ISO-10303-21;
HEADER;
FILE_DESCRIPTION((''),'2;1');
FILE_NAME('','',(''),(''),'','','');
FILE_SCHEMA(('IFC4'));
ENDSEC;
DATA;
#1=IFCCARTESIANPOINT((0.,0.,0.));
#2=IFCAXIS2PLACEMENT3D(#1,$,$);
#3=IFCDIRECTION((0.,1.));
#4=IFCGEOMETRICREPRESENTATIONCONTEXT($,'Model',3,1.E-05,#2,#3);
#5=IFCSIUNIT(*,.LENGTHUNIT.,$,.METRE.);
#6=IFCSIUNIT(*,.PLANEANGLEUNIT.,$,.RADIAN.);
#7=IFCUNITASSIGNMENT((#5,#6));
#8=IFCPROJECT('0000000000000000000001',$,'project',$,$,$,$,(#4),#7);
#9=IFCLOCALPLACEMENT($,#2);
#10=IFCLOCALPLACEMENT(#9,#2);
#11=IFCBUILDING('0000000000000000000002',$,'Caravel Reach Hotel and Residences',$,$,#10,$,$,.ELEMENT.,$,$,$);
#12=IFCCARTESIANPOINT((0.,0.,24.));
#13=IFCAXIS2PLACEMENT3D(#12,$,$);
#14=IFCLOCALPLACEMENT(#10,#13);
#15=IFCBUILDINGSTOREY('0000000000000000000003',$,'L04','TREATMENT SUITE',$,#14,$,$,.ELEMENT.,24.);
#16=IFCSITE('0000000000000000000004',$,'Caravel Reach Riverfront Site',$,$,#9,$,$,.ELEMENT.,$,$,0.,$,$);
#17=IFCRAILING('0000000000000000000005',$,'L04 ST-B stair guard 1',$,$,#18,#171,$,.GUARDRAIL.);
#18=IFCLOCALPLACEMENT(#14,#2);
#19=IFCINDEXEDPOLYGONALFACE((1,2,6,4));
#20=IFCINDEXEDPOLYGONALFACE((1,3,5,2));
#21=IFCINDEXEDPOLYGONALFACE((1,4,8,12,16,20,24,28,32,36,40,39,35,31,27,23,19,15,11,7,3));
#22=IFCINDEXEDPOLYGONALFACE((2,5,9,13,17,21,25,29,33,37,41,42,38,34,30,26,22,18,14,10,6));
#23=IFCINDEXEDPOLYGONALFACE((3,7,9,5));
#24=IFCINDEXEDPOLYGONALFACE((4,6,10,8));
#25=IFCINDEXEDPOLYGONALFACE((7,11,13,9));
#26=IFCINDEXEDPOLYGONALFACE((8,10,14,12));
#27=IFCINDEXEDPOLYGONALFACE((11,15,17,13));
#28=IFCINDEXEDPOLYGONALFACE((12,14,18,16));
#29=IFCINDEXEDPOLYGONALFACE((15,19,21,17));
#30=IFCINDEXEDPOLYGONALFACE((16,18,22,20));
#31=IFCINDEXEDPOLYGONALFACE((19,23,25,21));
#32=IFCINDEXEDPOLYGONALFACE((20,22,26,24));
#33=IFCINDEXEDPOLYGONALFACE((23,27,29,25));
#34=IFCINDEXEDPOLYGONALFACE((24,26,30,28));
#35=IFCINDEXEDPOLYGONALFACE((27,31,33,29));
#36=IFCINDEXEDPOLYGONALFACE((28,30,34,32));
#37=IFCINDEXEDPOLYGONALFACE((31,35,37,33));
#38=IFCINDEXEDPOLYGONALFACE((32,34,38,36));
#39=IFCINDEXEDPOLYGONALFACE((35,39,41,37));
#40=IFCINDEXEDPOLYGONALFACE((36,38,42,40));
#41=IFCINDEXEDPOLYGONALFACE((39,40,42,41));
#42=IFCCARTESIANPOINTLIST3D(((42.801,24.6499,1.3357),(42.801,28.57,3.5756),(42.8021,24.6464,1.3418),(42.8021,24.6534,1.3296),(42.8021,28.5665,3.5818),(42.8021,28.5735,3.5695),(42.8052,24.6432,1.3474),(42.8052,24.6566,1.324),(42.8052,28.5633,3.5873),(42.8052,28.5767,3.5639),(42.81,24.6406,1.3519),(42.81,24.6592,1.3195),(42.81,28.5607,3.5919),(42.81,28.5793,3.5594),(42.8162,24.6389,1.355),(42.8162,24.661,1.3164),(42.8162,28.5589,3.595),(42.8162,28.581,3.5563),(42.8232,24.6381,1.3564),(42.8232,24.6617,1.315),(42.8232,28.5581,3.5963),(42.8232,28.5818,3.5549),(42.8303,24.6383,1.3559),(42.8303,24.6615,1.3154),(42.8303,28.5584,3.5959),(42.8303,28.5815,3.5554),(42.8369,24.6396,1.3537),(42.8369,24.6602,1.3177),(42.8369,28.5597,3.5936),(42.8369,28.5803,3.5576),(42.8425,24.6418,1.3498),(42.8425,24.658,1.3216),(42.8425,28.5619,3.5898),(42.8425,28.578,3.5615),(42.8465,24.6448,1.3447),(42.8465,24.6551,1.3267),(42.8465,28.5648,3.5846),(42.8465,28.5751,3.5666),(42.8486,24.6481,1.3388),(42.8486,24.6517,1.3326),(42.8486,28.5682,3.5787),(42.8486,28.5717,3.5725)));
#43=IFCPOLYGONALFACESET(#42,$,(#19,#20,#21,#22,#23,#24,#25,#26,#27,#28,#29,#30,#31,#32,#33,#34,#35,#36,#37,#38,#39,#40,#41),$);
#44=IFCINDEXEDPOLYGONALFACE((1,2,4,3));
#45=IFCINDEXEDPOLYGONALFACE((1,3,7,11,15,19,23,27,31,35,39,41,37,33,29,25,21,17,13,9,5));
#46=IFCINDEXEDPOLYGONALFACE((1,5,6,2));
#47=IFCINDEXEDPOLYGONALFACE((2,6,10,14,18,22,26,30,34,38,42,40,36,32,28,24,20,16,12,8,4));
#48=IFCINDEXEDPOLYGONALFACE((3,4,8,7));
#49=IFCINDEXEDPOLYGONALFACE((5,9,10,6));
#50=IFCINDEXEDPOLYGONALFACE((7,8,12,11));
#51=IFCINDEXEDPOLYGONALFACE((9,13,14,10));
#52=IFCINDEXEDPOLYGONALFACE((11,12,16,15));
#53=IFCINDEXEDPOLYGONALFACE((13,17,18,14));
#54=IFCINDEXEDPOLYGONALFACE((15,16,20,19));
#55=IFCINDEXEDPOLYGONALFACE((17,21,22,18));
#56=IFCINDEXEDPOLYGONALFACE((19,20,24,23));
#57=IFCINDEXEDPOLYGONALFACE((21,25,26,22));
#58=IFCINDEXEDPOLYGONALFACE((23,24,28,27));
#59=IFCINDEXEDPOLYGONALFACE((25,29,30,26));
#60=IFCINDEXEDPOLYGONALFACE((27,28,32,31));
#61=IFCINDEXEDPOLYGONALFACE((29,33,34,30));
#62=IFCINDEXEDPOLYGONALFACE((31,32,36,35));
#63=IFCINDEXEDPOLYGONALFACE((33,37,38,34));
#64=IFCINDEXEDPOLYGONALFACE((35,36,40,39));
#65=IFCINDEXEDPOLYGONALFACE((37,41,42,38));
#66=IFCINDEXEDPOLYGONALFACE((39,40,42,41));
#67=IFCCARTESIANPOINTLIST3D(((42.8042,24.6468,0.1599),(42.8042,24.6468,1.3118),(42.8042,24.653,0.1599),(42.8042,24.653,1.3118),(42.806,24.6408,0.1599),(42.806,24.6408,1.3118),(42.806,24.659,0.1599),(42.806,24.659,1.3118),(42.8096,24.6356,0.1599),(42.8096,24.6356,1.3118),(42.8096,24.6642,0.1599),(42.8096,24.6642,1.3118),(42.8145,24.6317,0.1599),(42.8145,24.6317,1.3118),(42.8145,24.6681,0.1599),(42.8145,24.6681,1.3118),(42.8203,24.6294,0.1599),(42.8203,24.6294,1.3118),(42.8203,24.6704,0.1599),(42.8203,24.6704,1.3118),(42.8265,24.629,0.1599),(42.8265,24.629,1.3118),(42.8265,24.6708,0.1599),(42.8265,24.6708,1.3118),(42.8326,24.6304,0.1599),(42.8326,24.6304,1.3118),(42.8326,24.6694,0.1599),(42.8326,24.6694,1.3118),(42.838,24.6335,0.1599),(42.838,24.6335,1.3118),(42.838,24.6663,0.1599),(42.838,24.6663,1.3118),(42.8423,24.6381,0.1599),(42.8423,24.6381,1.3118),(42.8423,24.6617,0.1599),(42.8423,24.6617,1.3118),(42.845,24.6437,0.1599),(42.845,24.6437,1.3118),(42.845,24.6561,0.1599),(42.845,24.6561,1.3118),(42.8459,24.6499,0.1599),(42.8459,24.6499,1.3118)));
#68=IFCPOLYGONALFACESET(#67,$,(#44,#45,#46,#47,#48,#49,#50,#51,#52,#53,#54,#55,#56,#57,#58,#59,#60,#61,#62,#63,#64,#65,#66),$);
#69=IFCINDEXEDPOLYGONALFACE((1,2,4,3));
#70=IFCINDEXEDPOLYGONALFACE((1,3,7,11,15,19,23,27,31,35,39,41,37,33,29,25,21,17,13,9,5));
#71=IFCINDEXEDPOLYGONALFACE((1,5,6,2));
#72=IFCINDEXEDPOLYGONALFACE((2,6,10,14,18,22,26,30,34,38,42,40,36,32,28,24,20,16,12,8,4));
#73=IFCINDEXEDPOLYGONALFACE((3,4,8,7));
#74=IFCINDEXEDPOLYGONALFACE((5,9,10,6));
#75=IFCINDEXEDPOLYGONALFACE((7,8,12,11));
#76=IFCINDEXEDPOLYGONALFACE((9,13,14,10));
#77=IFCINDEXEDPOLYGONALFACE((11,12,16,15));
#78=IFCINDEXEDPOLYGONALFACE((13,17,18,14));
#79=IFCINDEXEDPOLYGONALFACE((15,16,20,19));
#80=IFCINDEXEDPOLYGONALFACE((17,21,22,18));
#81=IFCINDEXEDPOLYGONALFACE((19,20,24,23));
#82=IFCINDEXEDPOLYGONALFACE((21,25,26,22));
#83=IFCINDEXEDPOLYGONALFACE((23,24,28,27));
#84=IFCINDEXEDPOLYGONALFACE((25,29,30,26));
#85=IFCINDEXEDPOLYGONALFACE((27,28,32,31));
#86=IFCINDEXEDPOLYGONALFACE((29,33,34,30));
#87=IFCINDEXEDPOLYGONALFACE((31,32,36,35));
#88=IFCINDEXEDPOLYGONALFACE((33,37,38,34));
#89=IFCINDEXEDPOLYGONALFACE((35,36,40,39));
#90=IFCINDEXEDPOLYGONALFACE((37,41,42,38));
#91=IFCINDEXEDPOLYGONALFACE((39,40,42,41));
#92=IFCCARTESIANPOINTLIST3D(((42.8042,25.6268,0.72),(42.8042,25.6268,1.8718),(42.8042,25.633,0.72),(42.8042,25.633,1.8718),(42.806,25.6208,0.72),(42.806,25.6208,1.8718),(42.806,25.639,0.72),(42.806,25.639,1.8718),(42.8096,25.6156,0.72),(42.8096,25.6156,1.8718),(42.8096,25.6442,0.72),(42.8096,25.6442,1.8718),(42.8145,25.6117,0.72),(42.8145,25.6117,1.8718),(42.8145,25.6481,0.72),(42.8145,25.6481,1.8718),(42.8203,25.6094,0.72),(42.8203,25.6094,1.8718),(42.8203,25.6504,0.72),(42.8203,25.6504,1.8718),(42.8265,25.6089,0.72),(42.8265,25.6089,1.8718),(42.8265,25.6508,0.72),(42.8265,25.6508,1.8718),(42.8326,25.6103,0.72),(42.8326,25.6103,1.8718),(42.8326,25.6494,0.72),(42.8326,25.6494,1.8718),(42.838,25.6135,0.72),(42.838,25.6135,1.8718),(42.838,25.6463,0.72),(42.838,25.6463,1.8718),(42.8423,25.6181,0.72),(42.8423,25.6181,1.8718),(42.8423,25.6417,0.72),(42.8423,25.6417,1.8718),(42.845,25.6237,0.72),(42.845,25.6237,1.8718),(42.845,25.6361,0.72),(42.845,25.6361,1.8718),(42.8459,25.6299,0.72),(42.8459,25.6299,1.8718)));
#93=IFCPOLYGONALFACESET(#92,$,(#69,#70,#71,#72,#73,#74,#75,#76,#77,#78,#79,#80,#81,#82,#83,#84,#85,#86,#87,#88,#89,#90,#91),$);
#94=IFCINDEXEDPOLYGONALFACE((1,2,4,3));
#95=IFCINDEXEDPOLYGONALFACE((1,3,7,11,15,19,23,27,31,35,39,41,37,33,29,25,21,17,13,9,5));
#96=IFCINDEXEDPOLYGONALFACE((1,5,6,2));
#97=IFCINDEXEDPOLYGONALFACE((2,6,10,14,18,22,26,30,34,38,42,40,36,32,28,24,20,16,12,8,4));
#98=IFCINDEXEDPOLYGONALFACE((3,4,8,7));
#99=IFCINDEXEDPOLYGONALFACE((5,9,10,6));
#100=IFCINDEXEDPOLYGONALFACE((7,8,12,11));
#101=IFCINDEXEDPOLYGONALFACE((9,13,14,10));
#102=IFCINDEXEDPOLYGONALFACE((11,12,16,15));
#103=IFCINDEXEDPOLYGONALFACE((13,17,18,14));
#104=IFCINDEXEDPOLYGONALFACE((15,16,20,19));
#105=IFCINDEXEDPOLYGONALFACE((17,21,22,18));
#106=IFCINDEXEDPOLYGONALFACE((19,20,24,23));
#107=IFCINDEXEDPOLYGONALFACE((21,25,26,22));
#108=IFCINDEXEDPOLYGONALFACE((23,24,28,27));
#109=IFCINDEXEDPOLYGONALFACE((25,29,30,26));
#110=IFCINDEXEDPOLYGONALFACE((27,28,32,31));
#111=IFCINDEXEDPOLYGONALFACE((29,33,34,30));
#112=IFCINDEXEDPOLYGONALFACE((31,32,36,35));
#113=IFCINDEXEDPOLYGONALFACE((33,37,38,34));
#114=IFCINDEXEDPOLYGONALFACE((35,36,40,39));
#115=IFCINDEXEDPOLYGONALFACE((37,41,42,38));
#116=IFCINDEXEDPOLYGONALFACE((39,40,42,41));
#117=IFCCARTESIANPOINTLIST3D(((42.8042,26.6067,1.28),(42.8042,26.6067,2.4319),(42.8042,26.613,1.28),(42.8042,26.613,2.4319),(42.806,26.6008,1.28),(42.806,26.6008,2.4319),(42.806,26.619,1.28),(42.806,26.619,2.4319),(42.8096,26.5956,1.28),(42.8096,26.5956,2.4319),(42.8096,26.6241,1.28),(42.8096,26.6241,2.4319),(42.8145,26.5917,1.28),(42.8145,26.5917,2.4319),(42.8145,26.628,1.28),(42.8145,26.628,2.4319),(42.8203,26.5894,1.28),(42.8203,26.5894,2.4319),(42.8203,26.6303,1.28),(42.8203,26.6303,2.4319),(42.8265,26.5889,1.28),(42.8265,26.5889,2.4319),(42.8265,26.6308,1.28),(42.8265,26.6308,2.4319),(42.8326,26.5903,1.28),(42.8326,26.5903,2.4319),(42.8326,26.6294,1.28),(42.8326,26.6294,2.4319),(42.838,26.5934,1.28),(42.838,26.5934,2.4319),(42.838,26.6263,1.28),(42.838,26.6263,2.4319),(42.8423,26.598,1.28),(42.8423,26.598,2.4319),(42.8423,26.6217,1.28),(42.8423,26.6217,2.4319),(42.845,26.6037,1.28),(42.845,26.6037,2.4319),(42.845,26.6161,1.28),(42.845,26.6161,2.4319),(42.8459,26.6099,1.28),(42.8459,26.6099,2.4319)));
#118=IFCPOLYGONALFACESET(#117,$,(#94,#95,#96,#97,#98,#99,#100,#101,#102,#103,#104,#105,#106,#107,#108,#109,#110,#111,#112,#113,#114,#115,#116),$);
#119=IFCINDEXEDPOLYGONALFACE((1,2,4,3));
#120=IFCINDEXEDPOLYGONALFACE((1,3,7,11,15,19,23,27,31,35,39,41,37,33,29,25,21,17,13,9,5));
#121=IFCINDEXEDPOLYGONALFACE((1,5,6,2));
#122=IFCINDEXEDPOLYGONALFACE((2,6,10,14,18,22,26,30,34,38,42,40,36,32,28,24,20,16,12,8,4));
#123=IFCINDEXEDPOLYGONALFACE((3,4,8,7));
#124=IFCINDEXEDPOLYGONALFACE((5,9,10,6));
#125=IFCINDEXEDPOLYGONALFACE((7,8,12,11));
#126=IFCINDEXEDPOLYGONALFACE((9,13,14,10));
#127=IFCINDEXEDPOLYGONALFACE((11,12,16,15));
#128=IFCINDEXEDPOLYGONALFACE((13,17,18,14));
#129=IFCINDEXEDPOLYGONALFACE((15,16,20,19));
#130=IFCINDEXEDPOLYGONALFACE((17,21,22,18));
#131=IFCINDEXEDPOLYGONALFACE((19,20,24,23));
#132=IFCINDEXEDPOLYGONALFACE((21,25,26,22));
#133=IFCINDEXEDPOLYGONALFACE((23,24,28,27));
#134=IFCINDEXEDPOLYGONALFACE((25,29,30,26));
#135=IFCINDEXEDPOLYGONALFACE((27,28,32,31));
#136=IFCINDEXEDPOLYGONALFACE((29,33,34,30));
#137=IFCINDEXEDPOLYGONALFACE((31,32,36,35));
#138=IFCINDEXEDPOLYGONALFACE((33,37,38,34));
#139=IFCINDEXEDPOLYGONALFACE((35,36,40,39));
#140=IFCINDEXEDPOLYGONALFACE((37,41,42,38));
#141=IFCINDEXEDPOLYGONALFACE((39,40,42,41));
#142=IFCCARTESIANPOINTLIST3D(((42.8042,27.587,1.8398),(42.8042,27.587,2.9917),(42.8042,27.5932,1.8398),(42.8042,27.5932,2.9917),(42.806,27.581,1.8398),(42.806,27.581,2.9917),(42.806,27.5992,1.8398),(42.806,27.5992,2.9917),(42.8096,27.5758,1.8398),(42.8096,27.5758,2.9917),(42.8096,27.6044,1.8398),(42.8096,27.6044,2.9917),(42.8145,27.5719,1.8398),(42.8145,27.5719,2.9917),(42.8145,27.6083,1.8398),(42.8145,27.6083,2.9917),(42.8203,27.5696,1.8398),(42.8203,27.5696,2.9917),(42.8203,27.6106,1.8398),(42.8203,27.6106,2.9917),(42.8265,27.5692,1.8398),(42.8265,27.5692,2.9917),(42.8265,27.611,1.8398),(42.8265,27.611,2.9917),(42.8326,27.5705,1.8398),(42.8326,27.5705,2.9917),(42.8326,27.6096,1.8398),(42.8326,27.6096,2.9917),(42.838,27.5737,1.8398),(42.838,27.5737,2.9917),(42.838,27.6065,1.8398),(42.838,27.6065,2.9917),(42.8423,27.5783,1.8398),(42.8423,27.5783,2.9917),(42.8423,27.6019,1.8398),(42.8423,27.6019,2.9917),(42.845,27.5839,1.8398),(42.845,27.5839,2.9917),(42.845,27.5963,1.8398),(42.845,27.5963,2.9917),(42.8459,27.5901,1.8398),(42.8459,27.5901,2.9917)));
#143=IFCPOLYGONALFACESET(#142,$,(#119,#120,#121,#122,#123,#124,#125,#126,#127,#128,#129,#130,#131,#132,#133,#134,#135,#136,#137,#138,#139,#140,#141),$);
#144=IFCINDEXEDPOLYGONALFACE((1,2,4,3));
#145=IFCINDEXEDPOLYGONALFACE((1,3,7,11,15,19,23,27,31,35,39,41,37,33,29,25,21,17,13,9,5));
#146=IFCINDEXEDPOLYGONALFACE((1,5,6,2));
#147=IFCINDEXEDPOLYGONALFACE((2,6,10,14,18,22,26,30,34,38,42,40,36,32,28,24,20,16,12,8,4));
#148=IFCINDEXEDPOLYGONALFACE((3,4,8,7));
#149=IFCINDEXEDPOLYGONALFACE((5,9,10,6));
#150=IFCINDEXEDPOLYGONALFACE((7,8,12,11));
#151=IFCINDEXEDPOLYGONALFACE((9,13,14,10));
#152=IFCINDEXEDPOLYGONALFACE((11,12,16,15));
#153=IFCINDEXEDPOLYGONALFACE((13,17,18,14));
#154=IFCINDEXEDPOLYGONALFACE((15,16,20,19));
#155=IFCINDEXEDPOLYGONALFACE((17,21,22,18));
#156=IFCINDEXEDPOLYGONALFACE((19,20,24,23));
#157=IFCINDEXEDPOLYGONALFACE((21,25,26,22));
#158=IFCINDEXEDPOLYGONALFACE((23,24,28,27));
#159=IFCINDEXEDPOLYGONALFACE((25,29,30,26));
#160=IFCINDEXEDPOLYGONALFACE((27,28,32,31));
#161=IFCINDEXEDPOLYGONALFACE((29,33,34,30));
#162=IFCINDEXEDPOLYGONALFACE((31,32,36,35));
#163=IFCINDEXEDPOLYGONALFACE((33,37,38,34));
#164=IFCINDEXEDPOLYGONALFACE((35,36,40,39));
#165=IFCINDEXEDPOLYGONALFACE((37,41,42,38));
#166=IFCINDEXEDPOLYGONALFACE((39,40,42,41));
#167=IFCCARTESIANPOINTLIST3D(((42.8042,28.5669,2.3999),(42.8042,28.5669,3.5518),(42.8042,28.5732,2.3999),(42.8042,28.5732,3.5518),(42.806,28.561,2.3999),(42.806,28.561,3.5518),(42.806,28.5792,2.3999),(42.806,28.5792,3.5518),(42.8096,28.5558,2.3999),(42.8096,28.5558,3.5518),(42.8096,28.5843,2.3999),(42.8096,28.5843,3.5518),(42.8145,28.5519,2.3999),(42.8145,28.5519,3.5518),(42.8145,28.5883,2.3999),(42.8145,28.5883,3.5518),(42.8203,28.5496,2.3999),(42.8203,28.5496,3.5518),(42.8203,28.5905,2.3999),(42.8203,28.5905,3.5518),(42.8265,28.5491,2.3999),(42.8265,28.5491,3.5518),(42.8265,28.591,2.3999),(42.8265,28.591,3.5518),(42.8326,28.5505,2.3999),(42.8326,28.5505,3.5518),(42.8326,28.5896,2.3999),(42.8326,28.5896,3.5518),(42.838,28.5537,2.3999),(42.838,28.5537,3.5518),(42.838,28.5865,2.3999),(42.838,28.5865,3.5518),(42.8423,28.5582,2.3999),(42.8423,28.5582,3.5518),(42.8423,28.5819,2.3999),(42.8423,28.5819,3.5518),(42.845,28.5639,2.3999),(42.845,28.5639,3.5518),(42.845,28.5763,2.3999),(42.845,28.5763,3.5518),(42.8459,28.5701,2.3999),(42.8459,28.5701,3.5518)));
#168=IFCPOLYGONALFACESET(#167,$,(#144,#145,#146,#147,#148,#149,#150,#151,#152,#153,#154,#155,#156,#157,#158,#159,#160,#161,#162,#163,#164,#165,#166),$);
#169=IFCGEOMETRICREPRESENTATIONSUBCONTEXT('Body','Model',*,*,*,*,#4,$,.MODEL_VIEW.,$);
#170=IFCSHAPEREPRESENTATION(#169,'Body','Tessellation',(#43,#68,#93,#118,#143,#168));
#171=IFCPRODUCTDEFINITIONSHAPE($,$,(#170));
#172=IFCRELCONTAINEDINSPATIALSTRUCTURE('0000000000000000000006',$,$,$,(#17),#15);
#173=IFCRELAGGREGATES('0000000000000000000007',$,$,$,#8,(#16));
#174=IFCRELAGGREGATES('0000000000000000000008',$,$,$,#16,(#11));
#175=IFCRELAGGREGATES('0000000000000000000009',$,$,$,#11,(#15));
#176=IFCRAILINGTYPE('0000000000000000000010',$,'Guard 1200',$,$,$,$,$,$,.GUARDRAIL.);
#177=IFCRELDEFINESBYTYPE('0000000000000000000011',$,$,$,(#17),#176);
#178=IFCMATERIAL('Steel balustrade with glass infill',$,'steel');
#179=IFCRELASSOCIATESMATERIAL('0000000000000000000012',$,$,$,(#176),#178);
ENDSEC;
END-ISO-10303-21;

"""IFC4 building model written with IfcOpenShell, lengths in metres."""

from ifc_helpers import new_model, si_unit, direction, frame, origin, origin_2d, place, context, subcontext, project, spatial, circle, extrude, material, type_object, element, save


model = new_model("IFC4")

# Units and contexts
model_context = context("Model", 3, precision=1e-05, world=origin(), true_north=direction((0.0, 1.0)))
body_context = subcontext(model_context, "Body", "Model", "MODEL_VIEW")
ifc_project = project(units=[si_unit("LENGTHUNIT", "METRE"), si_unit("PLANEANGLEUNIT", "RADIAN")], contexts=[model_context])

# Site, building, storey
site_placement = place(None, origin())
site = spatial("IfcSite", under=ifc_project, at=site_placement, Name="Caravel Reach Riverfront Site", CompositionType="ELEMENT", RefElevation=0.0)
building_placement = place(site_placement, origin())
building = spatial("IfcBuilding", under=site, at=building_placement, Name="Caravel Reach Hotel and Residences", CompositionType="ELEMENT")
storey_placement = place(building_placement, frame((0.0, 0.0, 24.0)))
storey = spatial("IfcBuildingStorey", under=building, at=storey_placement, Name="L04", Description="TREATMENT SUITE", CompositionType="ELEMENT", Elevation=24.0)

# Railing
ifc_material_1 = material(Name="Steel balustrade with glass infill", Category="steel")
railing_type_1 = type_object("IfcRailingType", Name="Guard 1200", PredefinedType="GUARDRAIL", material=ifc_material_1)
railing_1_placement = place(storey_placement, frame((42.825, 24.6499, 0.1599)))
element("IfcRailing", 1, at=railing_1_placement, inside=storey, type_object=railing_type_1, Name="L04 ST-B stair guard 1", PredefinedType="GUARDRAIL", context=body_context, shape_type="SweptSolid", body=[
    extrude(circle(Radius=0.0239, at=origin_2d()), frame((0.0, 0.0, 1.1758), z_axis=(0.0, 0.868253, 0.496121), x_axis=(-1.0, 0.0, 0.0)), (0.0, 0.0, 1.0), 4.5149),
    extrude(circle(Radius=0.021, at=origin_2d()), origin(), (0.0, 0.0, 1.0), 1.1519),
    extrude(circle(Radius=0.021, at=origin_2d()), frame((0.0, 0.98, 0.5601)), (0.0, 0.0, 1.0), 1.1519),
    extrude(circle(Radius=0.021, at=origin_2d()), frame((0.0, 1.96, 1.1201)), (0.0, 0.0, 1.0), 1.1519),
    extrude(circle(Radius=0.021, at=origin_2d()), frame((0.0, 2.9402, 1.6799)), (0.0, 0.0, 1.0), 1.1519),
    extrude(circle(Radius=0.021, at=origin_2d()), frame((0.0, 3.9202, 2.24)), (0.0, 0.0, 1.0), 1.1519),
])

save(model, "model.ifc")
